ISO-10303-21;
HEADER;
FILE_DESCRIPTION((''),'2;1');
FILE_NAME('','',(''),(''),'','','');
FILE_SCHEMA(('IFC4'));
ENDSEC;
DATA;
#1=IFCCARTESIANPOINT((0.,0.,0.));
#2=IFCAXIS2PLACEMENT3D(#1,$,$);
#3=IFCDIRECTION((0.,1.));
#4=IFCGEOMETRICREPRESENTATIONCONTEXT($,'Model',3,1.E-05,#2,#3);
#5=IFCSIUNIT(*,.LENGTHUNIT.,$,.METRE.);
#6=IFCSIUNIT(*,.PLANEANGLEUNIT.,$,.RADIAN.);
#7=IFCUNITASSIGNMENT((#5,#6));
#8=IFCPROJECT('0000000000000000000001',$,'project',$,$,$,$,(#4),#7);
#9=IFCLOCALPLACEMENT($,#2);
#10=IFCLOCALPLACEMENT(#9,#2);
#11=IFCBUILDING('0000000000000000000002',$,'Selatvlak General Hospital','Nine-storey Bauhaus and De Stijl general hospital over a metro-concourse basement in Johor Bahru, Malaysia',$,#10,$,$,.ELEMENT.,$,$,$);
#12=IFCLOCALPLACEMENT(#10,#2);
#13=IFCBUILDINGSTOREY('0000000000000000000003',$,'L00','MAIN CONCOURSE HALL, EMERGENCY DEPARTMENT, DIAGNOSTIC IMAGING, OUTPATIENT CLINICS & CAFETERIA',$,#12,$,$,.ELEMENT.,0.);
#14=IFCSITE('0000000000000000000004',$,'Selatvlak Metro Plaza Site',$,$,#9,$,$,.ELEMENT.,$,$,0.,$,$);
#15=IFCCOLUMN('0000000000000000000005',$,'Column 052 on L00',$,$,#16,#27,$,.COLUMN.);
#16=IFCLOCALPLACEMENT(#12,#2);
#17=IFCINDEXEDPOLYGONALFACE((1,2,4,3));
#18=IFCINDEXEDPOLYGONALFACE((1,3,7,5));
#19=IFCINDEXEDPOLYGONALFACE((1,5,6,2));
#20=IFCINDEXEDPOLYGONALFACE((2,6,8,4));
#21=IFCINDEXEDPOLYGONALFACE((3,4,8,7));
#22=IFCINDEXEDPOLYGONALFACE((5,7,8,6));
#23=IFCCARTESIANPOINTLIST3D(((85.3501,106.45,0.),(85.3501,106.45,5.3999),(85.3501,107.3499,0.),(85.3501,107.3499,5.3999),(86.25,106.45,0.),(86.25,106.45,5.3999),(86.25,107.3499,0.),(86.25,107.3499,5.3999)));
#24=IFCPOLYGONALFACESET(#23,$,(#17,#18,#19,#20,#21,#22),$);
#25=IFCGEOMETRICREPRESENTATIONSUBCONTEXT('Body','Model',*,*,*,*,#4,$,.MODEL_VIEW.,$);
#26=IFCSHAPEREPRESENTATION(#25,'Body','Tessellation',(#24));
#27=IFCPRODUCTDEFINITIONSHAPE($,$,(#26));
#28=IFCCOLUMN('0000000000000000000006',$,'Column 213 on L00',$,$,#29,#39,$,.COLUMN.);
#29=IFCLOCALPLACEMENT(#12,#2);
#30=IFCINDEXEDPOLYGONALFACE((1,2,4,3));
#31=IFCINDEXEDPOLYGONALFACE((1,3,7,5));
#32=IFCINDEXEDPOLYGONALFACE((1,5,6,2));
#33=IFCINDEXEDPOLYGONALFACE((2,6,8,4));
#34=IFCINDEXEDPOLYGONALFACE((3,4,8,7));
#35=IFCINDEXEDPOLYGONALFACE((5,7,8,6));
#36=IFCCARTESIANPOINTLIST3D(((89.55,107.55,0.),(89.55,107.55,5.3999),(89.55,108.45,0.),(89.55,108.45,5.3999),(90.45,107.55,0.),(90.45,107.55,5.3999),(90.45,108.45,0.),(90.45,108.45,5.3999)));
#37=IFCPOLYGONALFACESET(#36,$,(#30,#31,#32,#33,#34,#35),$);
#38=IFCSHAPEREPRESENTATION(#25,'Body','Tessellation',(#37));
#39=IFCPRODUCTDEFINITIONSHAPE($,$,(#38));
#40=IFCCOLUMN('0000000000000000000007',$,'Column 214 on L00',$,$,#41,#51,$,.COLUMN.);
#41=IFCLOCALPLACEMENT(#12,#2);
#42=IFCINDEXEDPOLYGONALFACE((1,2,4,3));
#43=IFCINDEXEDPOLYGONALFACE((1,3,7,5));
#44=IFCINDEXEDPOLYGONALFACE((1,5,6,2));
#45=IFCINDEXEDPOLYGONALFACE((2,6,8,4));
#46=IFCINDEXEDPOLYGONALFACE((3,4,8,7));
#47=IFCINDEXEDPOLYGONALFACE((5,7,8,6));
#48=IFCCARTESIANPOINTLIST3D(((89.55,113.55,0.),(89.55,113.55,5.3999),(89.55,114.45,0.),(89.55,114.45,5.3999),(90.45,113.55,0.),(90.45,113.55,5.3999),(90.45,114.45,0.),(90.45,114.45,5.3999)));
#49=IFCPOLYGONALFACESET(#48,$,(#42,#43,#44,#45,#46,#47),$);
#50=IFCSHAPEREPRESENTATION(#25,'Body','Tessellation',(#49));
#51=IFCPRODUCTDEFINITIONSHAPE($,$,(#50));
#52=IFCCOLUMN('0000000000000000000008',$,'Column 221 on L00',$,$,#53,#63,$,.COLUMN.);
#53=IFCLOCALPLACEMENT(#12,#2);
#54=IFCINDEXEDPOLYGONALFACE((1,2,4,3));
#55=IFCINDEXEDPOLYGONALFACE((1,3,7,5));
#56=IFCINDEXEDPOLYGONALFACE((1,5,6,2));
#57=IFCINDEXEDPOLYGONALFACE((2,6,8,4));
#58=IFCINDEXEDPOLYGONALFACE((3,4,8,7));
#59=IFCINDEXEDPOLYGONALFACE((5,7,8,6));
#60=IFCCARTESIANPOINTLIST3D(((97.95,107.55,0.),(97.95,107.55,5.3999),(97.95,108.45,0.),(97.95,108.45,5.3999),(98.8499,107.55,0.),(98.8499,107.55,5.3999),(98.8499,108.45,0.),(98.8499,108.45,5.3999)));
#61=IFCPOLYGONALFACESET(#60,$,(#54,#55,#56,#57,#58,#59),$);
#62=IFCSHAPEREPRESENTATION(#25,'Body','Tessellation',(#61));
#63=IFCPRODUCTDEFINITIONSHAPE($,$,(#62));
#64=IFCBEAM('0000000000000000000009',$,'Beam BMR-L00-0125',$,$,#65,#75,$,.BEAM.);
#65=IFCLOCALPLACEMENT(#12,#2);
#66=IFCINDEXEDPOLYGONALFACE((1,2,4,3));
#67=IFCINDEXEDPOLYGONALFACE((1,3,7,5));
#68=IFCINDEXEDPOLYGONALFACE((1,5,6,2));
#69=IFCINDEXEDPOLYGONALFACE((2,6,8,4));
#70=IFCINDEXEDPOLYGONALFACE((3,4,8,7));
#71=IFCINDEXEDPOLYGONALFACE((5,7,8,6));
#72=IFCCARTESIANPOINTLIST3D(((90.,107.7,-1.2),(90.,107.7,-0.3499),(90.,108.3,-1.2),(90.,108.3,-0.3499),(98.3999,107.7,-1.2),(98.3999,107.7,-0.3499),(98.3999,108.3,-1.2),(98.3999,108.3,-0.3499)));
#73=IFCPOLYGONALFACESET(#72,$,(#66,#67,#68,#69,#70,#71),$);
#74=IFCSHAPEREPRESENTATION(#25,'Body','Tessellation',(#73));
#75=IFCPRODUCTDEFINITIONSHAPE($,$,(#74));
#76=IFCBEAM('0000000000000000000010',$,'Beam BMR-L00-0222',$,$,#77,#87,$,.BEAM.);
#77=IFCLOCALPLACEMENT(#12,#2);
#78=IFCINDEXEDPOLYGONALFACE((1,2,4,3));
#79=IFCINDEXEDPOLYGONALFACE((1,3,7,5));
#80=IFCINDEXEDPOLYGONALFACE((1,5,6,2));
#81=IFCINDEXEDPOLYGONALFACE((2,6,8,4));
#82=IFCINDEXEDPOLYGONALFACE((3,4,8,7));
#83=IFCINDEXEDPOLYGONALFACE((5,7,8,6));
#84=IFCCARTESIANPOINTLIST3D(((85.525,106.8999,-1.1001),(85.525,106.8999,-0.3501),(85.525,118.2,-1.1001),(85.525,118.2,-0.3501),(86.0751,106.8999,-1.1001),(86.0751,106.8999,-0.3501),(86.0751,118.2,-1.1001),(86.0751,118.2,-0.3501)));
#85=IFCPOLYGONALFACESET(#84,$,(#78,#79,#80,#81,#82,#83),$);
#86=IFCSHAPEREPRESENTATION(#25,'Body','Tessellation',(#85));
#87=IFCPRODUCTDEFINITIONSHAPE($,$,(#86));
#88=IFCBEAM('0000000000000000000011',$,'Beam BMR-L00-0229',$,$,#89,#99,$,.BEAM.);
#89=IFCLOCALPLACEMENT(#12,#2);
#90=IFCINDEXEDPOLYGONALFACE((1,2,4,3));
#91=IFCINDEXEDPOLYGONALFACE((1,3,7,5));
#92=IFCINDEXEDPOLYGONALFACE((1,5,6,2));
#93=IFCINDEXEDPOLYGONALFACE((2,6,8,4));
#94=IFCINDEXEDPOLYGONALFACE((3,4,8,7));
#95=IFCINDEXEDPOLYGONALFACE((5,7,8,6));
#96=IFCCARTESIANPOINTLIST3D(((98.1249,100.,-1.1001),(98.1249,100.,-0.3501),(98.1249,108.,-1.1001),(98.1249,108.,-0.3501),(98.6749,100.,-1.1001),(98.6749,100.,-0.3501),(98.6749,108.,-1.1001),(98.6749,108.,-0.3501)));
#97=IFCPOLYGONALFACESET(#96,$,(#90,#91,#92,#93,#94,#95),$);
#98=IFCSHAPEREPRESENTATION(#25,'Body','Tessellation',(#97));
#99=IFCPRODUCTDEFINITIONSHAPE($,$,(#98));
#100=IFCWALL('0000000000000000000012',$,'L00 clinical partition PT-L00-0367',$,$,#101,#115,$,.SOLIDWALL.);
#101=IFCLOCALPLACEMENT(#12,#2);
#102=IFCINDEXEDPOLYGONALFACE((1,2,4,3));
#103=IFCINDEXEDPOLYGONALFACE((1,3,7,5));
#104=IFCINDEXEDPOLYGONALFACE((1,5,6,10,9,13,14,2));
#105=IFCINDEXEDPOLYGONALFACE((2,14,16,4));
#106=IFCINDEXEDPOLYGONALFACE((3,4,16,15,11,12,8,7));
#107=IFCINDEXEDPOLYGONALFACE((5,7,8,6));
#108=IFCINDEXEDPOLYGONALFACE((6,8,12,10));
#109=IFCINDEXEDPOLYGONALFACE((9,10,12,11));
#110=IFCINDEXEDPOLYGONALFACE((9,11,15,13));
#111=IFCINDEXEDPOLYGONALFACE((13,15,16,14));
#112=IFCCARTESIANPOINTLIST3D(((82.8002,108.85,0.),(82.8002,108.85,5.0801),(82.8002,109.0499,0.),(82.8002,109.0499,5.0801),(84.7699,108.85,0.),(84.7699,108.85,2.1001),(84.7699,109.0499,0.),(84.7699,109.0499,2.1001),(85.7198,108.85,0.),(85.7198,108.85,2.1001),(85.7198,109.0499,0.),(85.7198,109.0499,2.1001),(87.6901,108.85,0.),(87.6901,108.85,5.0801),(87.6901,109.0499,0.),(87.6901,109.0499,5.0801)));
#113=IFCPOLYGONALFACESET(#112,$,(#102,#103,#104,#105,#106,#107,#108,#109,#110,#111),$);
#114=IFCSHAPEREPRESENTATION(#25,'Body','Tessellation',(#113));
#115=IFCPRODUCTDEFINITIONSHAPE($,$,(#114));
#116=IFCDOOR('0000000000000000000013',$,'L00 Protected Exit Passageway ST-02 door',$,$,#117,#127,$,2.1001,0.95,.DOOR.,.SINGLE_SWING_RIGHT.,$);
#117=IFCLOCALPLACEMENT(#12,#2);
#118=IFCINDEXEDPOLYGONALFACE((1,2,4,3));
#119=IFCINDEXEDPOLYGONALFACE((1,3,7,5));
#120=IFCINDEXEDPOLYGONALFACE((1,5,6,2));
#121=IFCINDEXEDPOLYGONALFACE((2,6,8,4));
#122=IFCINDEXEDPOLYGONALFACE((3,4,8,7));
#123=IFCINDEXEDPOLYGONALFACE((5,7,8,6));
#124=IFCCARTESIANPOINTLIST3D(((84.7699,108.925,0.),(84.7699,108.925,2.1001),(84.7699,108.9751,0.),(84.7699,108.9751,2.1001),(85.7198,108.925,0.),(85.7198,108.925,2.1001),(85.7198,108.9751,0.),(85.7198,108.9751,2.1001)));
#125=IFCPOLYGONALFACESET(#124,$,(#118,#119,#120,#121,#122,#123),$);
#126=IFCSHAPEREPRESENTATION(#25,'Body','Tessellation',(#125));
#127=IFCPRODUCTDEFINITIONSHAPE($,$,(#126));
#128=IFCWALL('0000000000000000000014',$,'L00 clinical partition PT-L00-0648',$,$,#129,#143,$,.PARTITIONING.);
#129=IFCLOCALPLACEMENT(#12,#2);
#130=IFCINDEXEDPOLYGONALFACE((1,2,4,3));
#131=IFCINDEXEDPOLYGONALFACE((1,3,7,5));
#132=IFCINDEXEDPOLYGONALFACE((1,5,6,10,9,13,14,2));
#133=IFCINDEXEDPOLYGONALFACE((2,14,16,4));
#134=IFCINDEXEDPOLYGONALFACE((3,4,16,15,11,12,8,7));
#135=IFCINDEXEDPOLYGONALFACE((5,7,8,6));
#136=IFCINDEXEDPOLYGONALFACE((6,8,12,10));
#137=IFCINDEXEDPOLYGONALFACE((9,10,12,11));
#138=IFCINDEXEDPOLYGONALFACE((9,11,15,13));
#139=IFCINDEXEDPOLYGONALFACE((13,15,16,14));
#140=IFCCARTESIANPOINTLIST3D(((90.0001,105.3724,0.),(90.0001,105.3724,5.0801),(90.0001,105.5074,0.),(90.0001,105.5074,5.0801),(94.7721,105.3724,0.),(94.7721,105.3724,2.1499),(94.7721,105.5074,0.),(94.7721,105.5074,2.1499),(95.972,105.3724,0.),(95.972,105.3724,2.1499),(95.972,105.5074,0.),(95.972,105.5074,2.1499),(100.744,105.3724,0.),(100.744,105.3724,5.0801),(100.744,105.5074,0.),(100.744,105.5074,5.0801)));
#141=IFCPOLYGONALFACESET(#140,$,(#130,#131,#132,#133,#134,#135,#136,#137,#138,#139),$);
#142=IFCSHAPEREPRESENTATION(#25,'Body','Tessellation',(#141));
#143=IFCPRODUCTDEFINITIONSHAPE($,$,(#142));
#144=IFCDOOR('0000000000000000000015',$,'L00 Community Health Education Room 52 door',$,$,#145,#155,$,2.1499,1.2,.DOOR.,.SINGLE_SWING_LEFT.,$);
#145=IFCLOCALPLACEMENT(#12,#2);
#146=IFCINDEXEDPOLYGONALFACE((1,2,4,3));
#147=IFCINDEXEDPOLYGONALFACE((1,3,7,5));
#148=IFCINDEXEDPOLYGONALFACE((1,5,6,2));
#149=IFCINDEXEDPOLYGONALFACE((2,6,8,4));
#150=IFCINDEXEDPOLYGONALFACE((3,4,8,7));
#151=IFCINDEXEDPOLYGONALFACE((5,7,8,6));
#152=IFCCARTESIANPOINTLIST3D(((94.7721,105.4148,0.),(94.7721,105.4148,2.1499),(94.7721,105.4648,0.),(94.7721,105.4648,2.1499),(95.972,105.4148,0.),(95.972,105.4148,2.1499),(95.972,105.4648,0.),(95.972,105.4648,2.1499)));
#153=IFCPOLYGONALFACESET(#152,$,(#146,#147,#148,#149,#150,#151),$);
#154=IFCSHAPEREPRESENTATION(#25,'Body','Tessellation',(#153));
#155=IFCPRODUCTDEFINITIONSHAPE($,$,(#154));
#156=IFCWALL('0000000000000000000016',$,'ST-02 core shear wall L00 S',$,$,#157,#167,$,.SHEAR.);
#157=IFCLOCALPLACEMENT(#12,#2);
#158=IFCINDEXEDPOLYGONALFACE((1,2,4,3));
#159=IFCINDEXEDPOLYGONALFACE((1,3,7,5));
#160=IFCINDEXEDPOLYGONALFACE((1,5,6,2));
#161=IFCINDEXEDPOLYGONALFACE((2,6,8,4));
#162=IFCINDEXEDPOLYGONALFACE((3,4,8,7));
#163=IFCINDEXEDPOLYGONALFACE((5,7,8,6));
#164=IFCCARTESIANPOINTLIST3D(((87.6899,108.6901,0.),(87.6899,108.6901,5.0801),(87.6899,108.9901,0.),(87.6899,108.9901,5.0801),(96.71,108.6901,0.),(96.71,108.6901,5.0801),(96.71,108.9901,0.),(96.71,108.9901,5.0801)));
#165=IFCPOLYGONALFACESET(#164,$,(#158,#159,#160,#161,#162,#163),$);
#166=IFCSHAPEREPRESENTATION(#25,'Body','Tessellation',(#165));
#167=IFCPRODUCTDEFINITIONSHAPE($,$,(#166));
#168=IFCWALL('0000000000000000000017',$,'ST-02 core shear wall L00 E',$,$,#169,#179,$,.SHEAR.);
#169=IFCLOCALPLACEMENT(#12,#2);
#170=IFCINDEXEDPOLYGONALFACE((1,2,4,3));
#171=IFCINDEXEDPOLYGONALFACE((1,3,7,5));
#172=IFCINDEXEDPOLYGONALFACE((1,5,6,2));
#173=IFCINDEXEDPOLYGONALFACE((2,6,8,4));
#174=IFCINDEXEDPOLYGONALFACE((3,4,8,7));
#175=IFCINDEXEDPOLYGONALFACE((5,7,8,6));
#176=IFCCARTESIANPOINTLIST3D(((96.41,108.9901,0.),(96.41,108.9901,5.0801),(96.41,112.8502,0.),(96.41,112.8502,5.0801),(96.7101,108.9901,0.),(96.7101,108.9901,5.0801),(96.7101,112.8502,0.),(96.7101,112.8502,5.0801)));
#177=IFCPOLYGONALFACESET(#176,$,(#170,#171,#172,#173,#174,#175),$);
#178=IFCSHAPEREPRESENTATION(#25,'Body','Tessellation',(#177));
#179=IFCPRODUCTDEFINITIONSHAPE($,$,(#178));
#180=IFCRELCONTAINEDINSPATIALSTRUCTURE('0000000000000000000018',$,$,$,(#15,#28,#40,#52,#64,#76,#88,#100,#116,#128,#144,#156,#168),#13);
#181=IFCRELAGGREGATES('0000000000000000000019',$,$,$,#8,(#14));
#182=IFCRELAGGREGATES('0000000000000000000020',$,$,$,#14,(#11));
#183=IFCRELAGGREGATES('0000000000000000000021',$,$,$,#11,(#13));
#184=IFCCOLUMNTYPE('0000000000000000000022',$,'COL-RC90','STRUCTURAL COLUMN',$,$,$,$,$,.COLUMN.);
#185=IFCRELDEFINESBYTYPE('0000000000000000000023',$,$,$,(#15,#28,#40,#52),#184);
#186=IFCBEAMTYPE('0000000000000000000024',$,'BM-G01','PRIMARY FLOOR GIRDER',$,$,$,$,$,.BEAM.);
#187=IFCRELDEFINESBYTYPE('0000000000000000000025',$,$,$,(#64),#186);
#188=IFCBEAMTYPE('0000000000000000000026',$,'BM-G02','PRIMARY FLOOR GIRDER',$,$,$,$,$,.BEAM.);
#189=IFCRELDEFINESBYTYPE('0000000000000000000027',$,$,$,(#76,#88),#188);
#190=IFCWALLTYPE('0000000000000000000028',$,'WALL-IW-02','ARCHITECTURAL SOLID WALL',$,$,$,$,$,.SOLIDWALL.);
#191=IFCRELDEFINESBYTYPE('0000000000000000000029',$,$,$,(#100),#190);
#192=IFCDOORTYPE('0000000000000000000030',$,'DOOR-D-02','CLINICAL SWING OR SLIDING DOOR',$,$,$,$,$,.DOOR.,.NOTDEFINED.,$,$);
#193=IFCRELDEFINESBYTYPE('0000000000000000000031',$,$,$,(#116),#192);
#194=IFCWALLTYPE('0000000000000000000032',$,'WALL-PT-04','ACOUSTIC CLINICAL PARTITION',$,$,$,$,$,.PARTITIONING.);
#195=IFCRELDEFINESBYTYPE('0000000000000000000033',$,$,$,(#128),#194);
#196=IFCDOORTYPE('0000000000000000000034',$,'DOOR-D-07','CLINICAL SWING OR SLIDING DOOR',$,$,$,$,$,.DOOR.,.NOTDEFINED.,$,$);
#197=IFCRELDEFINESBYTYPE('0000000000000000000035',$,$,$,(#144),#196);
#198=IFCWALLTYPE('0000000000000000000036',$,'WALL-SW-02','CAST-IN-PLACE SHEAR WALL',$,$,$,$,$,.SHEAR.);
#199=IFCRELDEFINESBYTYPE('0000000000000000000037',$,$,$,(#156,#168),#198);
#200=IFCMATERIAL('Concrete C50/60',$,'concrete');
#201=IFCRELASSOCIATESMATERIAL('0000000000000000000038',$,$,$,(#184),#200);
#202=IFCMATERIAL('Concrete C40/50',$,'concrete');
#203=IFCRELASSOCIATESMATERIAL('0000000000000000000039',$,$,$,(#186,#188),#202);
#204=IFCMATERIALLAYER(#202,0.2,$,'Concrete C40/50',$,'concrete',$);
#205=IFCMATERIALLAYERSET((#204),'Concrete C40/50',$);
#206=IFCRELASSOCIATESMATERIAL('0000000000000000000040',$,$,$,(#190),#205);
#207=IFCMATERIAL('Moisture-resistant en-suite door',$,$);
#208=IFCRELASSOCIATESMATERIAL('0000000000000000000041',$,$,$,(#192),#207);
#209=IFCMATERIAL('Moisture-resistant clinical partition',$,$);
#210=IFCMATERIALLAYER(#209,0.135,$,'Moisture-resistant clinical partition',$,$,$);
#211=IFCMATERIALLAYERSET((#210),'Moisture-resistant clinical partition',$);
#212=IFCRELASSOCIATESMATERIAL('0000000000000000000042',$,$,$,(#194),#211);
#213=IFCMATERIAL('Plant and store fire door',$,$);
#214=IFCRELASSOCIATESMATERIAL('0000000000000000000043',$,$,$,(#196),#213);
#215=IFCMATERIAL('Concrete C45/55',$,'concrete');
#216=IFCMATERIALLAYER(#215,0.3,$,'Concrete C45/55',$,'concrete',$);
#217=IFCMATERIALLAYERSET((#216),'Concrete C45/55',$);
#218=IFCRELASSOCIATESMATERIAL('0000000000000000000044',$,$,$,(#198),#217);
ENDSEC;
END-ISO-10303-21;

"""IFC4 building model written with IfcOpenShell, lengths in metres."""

from ifc_helpers import new_model, si_unit, direction, frame, frame_2d, origin, origin_2d, place, context, subcontext, project, spatial, rectangle, extrude, material, layer, layer_set, material_profile, profile_set, type_object, element, fill, save


model = new_model("IFC4")

# Units and contexts
model_context = context("Model", 3, precision=1e-05, world=origin(), true_north=direction((0.0, 1.0)))
body_context = subcontext(model_context, "Body", "Model", "MODEL_VIEW")
ifc_project = project(units=[si_unit("LENGTHUNIT", "METRE"), si_unit("PLANEANGLEUNIT", "RADIAN")], contexts=[model_context])

# Site, building, storey
site_placement = place(None, origin())
site = spatial("IfcSite", under=ifc_project, at=site_placement, Name="Selatvlak Metro Plaza Site", CompositionType="ELEMENT", RefElevation=0.0)
building_placement = place(site_placement, origin())
building = spatial("IfcBuilding", under=site, at=building_placement, Name="Selatvlak General Hospital", Description="Nine-storey Bauhaus and De Stijl general hospital over a metro-concourse basement in Johor Bahru, Malaysia", CompositionType="ELEMENT")
storey_placement = place(building_placement, origin())
storey = spatial("IfcBuildingStorey", under=building, at=storey_placement, Name="L00", Description="MAIN CONCOURSE HALL, EMERGENCY DEPARTMENT, DIAGNOSTIC IMAGING, OUTPATIENT CLINICS & CAFETERIA", CompositionType="ELEMENT", Elevation=0.0)

# Columns
ifc_material_1 = material(Name="Concrete C50/60", Category="concrete")
ifc_material_profile_1 = material_profile(ifc_material_1, rectangle(XDim=0.8999, YDim=0.8999, at=origin_2d()), Name="RC-COL 900x900")
ifc_profile_set_1 = profile_set([ifc_material_profile_1], Name="Concrete C50/60")
column_type = type_object("IfcColumnType", Name="COL-RC90", Description="STRUCTURAL COLUMN", PredefinedType="COLUMN", material=ifc_profile_set_1)
for number, where, z_axis, x_axis, name in (
    (1, (85.8, 106.8999, 0.0), (0.0, 0.0, 1.0), (1.0, 0.0, 0.0), "Column 052 on L00"),
    (2, (90.0, 108.0, 0.0), (0.0, 0.0, 1.0), (1.0, 0.0, 0.0), "Column 213 on L00"),
    (3, (90.0, 114.0, 0.0), (0.0, 0.0, 1.0), (1.0, 0.0, 0.0), "Column 214 on L00"),
    (4, (98.3999, 108.0, 0.0), (0.0, 0.0, 1.0), (1.0, 0.0, 0.0), "Column 221 on L00"),
):
    element("IfcColumn", number, at=place(storey_placement, frame(where, z_axis=z_axis, x_axis=x_axis)), inside=storey, type_object=column_type, Name=name, PredefinedType="COLUMN", context=body_context, shape_type="SweptSolid", body=[
        extrude(rectangle(XDim=0.8999, YDim=0.8999, at=origin_2d()), origin(), (0.0, 0.0, 1.0), 5.3999),
    ])

# Beams
ifc_material_2 = material(Name="Concrete C40/50", Category="concrete")
ifc_material_profile_2 = material_profile(ifc_material_2, rectangle(XDim=0.6001, YDim=0.8501, at=origin_2d()), Name="RC-BM 600x850")
ifc_profile_set_2 = profile_set([ifc_material_profile_2], Name="Concrete C40/50")
beam_type_1 = type_object("IfcBeamType", Name="BM-G01", Description="PRIMARY FLOOR GIRDER", PredefinedType="BEAM", material=ifc_profile_set_2)
beam_1_placement = place(storey_placement, frame((90.0, 108.0, -0.7749), z_axis=(1.0, 0.0, 0.0), x_axis=(0.0, 1.0, 0.0)))
element("IfcBeam", 5, at=beam_1_placement, inside=storey, type_object=beam_type_1, Name="Beam BMR-L00-0125", PredefinedType="BEAM", context=body_context, shape_type="SweptSolid", body=[
    extrude(rectangle(XDim=0.6001, YDim=0.8501, at=origin_2d()), origin(), (0.0, 0.0, 1.0), 8.3999),
])
ifc_material_profile_3 = material_profile(ifc_material_2, rectangle(XDim=0.55, YDim=0.75, at=origin_2d()), Name="RC-BM 550x750")
ifc_profile_set_3 = profile_set([ifc_material_profile_3], Name="Concrete C40/50")
beam_type_2 = type_object("IfcBeamType", Name="BM-G02", Description="PRIMARY FLOOR GIRDER", PredefinedType="BEAM", material=ifc_profile_set_3)
beam_2_placement = place(storey_placement, frame((85.8, 106.8999, -0.7251), z_axis=(0.0, 1.0, 0.0), x_axis=(-1.0, 0.0, 0.0)))
element("IfcBeam", 6, at=beam_2_placement, inside=storey, type_object=beam_type_2, Name="Beam BMR-L00-0222", PredefinedType="BEAM", context=body_context, shape_type="SweptSolid", body=[
    extrude(rectangle(XDim=0.55, YDim=0.75, at=origin_2d()), origin(), (0.0, 0.0, 1.0), 11.3),
])
beam_3_placement = place(storey_placement, frame((98.3999, 100.0, -0.7251), z_axis=(0.0, 1.0, 0.0), x_axis=(-1.0, 0.0, 0.0)))
element("IfcBeam", 7, at=beam_3_placement, inside=storey, type_object=beam_type_2, Name="Beam BMR-L00-0229", PredefinedType="BEAM", context=body_context, shape_type="SweptSolid", body=[
    extrude(rectangle(XDim=0.55, YDim=0.75, at=origin_2d()), origin(), (0.0, 0.0, 1.0), 8.0),
])

# Walls, openings, doors
ifc_layer_1 = layer(ifc_material_2, 0.2, Name="Concrete C40/50", Category="concrete")
ifc_layer_set_1 = layer_set([ifc_layer_1], Name="Concrete C40/50")
wall_type_1 = type_object("IfcWallType", Name="WALL-IW-02", Description="ARCHITECTURAL SOLID WALL", PredefinedType="SOLIDWALL", material=ifc_layer_set_1)
wall_1_placement = place(storey_placement, frame((87.6899, 108.95, 0.0), z_axis=(0.0, 0.0, 1.0), x_axis=(-1.0, 0.0, 0.0)))
wall_1 = element("IfcWall", 8, at=wall_1_placement, inside=storey, type_object=wall_type_1, Name="L00 clinical partition PT-L00-0367", PredefinedType="SOLIDWALL", context=body_context, shape_type="SweptSolid", body=[
    extrude(rectangle(XDim=4.8899, YDim=0.2, at=frame_2d((2.4448, 0.0))), origin(), (0.0, 0.0, 1.0), 5.0801),
])
opening_1_placement = place(wall_1_placement, frame((1.97, 0.0, 0.0)))
opening_1 = element("IfcOpeningElement", 9, at=opening_1_placement, cuts=wall_1, PredefinedType="OPENING", context=body_context, shape_type="SweptSolid", body=[
    extrude(rectangle(XDim=0.95, YDim=2.1001, at=frame_2d((0.4751, 1.05))), frame((0.0, 0.1099, 0.0), z_axis=(0.0, -1.0, 0.0), x_axis=(1.0, 0.0, 0.0)), (0.0, 0.0, 1.0), 0.22),
])
ifc_material_3 = material(Name="Moisture-resistant en-suite door")
door_type_1 = type_object("IfcDoorType", Name="DOOR-D-02", Description="CLINICAL SWING OR SLIDING DOOR", OperationType="NOTDEFINED", PredefinedType="DOOR", material=ifc_material_3)
door_1_placement = place(opening_1_placement, origin())
door_1 = element("IfcDoor", 10, at=door_1_placement, inside=storey, type_object=door_type_1, Name="L00 Protected Exit Passageway ST-02 door", OperationType="SINGLE_SWING_RIGHT", OverallHeight=2.1001, OverallWidth=0.95, PredefinedType="DOOR", context=body_context, shape_type="SweptSolid", body=[
    extrude(rectangle(XDim=0.95, YDim=2.1001, at=frame_2d((0.4751, 1.05))), frame((0.0, 0.0249, 0.0), z_axis=(0.0, -1.0, 0.0), x_axis=(1.0, 0.0, 0.0)), (0.0, 0.0, 1.0), 0.05),
])
fill(opening_1, door_1)
ifc_material_4 = material(Name="Moisture-resistant clinical partition")
ifc_layer_2 = layer(ifc_material_4, 0.135, Name="Moisture-resistant clinical partition")
ifc_layer_set_2 = layer_set([ifc_layer_2], Name="Moisture-resistant clinical partition")
wall_type_2 = type_object("IfcWallType", Name="WALL-PT-04", Description="ACOUSTIC CLINICAL PARTITION", PredefinedType="PARTITIONING", material=ifc_layer_set_2)
wall_2_placement = place(storey_placement, frame((90.0, 105.4399, 0.0), z_axis=(0.0, 0.0, 1.0), x_axis=(1.0, 0.0, 0.0)))
wall_2 = element("IfcWall", 11, at=wall_2_placement, inside=storey, type_object=wall_type_2, Name="L00 clinical partition PT-L00-0648", PredefinedType="PARTITIONING", context=body_context, shape_type="SweptSolid", body=[
    extrude(rectangle(XDim=10.7439, YDim=0.135, at=frame_2d((5.3721, 0.0))), origin(), (0.0, 0.0, 1.0), 5.0801),
])
opening_2_placement = place(wall_2_placement, frame((4.772, 0.0, 0.0)))
opening_2 = element("IfcOpeningElement", 12, at=opening_2_placement, cuts=wall_2, PredefinedType="OPENING", context=body_context, shape_type="SweptSolid", body=[
    extrude(rectangle(XDim=1.2, YDim=2.1499, at=frame_2d((0.6001, 1.075))), frame((0.0, 0.0774, 0.0), z_axis=(0.0, -1.0, 0.0), x_axis=(1.0, 0.0, 0.0)), (0.0, 0.0, 1.0), 0.155),
])
ifc_material_5 = material(Name="Plant and store fire door")
door_type_2 = type_object("IfcDoorType", Name="DOOR-D-07", Description="CLINICAL SWING OR SLIDING DOOR", OperationType="NOTDEFINED", PredefinedType="DOOR", material=ifc_material_5)
door_2_placement = place(opening_2_placement, origin())
door_2 = element("IfcDoor", 13, at=door_2_placement, inside=storey, type_object=door_type_2, Name="L00 Community Health Education Room 52 door", OperationType="SINGLE_SWING_LEFT", OverallHeight=2.1499, OverallWidth=1.2, PredefinedType="DOOR", context=body_context, shape_type="SweptSolid", body=[
    extrude(rectangle(XDim=1.2, YDim=2.1499, at=frame_2d((0.6001, 1.075))), frame((0.0, 0.0249, 0.0), z_axis=(0.0, -1.0, 0.0), x_axis=(1.0, 0.0, 0.0)), (0.0, 0.0, 1.0), 0.05),
])
fill(opening_2, door_2)

# Walls
ifc_material_6 = material(Name="Concrete C45/55", Category="concrete")
ifc_layer_3 = layer(ifc_material_6, 0.3, Name="Concrete C45/55", Category="concrete")
ifc_layer_set_3 = layer_set([ifc_layer_3], Name="Concrete C45/55")
wall_type_3 = type_object("IfcWallType", Name="WALL-SW-02", Description="CAST-IN-PLACE SHEAR WALL", PredefinedType="SHEAR", material=ifc_layer_set_3)
wall_3_placement = place(storey_placement, frame((87.6899, 108.8401, 0.0), z_axis=(0.0, 0.0, 1.0), x_axis=(1.0, 0.0, 0.0)))
element("IfcWall", 14, at=wall_3_placement, inside=storey, type_object=wall_type_3, Name="ST-02 core shear wall L00 S", PredefinedType="SHEAR", context=body_context, shape_type="SweptSolid", body=[
    extrude(rectangle(XDim=9.02, YDim=0.3, at=frame_2d((4.51, 0.0))), origin(), (0.0, 0.0, 1.0), 5.0801),
])
wall_4_placement = place(storey_placement, frame((96.5601, 108.99, 0.0), z_axis=(0.0, 0.0, 1.0), x_axis=(0.0, 1.0, 0.0)))
element("IfcWall", 15, at=wall_4_placement, inside=storey, type_object=wall_type_3, Name="ST-02 core shear wall L00 E", PredefinedType="SHEAR", context=body_context, shape_type="SweptSolid", body=[
    extrude(rectangle(XDim=3.8601, YDim=0.3, at=frame_2d((1.9302, 0.0))), origin(), (0.0, 0.0, 1.0), 5.0801),
])

save(model, "model.ifc")
